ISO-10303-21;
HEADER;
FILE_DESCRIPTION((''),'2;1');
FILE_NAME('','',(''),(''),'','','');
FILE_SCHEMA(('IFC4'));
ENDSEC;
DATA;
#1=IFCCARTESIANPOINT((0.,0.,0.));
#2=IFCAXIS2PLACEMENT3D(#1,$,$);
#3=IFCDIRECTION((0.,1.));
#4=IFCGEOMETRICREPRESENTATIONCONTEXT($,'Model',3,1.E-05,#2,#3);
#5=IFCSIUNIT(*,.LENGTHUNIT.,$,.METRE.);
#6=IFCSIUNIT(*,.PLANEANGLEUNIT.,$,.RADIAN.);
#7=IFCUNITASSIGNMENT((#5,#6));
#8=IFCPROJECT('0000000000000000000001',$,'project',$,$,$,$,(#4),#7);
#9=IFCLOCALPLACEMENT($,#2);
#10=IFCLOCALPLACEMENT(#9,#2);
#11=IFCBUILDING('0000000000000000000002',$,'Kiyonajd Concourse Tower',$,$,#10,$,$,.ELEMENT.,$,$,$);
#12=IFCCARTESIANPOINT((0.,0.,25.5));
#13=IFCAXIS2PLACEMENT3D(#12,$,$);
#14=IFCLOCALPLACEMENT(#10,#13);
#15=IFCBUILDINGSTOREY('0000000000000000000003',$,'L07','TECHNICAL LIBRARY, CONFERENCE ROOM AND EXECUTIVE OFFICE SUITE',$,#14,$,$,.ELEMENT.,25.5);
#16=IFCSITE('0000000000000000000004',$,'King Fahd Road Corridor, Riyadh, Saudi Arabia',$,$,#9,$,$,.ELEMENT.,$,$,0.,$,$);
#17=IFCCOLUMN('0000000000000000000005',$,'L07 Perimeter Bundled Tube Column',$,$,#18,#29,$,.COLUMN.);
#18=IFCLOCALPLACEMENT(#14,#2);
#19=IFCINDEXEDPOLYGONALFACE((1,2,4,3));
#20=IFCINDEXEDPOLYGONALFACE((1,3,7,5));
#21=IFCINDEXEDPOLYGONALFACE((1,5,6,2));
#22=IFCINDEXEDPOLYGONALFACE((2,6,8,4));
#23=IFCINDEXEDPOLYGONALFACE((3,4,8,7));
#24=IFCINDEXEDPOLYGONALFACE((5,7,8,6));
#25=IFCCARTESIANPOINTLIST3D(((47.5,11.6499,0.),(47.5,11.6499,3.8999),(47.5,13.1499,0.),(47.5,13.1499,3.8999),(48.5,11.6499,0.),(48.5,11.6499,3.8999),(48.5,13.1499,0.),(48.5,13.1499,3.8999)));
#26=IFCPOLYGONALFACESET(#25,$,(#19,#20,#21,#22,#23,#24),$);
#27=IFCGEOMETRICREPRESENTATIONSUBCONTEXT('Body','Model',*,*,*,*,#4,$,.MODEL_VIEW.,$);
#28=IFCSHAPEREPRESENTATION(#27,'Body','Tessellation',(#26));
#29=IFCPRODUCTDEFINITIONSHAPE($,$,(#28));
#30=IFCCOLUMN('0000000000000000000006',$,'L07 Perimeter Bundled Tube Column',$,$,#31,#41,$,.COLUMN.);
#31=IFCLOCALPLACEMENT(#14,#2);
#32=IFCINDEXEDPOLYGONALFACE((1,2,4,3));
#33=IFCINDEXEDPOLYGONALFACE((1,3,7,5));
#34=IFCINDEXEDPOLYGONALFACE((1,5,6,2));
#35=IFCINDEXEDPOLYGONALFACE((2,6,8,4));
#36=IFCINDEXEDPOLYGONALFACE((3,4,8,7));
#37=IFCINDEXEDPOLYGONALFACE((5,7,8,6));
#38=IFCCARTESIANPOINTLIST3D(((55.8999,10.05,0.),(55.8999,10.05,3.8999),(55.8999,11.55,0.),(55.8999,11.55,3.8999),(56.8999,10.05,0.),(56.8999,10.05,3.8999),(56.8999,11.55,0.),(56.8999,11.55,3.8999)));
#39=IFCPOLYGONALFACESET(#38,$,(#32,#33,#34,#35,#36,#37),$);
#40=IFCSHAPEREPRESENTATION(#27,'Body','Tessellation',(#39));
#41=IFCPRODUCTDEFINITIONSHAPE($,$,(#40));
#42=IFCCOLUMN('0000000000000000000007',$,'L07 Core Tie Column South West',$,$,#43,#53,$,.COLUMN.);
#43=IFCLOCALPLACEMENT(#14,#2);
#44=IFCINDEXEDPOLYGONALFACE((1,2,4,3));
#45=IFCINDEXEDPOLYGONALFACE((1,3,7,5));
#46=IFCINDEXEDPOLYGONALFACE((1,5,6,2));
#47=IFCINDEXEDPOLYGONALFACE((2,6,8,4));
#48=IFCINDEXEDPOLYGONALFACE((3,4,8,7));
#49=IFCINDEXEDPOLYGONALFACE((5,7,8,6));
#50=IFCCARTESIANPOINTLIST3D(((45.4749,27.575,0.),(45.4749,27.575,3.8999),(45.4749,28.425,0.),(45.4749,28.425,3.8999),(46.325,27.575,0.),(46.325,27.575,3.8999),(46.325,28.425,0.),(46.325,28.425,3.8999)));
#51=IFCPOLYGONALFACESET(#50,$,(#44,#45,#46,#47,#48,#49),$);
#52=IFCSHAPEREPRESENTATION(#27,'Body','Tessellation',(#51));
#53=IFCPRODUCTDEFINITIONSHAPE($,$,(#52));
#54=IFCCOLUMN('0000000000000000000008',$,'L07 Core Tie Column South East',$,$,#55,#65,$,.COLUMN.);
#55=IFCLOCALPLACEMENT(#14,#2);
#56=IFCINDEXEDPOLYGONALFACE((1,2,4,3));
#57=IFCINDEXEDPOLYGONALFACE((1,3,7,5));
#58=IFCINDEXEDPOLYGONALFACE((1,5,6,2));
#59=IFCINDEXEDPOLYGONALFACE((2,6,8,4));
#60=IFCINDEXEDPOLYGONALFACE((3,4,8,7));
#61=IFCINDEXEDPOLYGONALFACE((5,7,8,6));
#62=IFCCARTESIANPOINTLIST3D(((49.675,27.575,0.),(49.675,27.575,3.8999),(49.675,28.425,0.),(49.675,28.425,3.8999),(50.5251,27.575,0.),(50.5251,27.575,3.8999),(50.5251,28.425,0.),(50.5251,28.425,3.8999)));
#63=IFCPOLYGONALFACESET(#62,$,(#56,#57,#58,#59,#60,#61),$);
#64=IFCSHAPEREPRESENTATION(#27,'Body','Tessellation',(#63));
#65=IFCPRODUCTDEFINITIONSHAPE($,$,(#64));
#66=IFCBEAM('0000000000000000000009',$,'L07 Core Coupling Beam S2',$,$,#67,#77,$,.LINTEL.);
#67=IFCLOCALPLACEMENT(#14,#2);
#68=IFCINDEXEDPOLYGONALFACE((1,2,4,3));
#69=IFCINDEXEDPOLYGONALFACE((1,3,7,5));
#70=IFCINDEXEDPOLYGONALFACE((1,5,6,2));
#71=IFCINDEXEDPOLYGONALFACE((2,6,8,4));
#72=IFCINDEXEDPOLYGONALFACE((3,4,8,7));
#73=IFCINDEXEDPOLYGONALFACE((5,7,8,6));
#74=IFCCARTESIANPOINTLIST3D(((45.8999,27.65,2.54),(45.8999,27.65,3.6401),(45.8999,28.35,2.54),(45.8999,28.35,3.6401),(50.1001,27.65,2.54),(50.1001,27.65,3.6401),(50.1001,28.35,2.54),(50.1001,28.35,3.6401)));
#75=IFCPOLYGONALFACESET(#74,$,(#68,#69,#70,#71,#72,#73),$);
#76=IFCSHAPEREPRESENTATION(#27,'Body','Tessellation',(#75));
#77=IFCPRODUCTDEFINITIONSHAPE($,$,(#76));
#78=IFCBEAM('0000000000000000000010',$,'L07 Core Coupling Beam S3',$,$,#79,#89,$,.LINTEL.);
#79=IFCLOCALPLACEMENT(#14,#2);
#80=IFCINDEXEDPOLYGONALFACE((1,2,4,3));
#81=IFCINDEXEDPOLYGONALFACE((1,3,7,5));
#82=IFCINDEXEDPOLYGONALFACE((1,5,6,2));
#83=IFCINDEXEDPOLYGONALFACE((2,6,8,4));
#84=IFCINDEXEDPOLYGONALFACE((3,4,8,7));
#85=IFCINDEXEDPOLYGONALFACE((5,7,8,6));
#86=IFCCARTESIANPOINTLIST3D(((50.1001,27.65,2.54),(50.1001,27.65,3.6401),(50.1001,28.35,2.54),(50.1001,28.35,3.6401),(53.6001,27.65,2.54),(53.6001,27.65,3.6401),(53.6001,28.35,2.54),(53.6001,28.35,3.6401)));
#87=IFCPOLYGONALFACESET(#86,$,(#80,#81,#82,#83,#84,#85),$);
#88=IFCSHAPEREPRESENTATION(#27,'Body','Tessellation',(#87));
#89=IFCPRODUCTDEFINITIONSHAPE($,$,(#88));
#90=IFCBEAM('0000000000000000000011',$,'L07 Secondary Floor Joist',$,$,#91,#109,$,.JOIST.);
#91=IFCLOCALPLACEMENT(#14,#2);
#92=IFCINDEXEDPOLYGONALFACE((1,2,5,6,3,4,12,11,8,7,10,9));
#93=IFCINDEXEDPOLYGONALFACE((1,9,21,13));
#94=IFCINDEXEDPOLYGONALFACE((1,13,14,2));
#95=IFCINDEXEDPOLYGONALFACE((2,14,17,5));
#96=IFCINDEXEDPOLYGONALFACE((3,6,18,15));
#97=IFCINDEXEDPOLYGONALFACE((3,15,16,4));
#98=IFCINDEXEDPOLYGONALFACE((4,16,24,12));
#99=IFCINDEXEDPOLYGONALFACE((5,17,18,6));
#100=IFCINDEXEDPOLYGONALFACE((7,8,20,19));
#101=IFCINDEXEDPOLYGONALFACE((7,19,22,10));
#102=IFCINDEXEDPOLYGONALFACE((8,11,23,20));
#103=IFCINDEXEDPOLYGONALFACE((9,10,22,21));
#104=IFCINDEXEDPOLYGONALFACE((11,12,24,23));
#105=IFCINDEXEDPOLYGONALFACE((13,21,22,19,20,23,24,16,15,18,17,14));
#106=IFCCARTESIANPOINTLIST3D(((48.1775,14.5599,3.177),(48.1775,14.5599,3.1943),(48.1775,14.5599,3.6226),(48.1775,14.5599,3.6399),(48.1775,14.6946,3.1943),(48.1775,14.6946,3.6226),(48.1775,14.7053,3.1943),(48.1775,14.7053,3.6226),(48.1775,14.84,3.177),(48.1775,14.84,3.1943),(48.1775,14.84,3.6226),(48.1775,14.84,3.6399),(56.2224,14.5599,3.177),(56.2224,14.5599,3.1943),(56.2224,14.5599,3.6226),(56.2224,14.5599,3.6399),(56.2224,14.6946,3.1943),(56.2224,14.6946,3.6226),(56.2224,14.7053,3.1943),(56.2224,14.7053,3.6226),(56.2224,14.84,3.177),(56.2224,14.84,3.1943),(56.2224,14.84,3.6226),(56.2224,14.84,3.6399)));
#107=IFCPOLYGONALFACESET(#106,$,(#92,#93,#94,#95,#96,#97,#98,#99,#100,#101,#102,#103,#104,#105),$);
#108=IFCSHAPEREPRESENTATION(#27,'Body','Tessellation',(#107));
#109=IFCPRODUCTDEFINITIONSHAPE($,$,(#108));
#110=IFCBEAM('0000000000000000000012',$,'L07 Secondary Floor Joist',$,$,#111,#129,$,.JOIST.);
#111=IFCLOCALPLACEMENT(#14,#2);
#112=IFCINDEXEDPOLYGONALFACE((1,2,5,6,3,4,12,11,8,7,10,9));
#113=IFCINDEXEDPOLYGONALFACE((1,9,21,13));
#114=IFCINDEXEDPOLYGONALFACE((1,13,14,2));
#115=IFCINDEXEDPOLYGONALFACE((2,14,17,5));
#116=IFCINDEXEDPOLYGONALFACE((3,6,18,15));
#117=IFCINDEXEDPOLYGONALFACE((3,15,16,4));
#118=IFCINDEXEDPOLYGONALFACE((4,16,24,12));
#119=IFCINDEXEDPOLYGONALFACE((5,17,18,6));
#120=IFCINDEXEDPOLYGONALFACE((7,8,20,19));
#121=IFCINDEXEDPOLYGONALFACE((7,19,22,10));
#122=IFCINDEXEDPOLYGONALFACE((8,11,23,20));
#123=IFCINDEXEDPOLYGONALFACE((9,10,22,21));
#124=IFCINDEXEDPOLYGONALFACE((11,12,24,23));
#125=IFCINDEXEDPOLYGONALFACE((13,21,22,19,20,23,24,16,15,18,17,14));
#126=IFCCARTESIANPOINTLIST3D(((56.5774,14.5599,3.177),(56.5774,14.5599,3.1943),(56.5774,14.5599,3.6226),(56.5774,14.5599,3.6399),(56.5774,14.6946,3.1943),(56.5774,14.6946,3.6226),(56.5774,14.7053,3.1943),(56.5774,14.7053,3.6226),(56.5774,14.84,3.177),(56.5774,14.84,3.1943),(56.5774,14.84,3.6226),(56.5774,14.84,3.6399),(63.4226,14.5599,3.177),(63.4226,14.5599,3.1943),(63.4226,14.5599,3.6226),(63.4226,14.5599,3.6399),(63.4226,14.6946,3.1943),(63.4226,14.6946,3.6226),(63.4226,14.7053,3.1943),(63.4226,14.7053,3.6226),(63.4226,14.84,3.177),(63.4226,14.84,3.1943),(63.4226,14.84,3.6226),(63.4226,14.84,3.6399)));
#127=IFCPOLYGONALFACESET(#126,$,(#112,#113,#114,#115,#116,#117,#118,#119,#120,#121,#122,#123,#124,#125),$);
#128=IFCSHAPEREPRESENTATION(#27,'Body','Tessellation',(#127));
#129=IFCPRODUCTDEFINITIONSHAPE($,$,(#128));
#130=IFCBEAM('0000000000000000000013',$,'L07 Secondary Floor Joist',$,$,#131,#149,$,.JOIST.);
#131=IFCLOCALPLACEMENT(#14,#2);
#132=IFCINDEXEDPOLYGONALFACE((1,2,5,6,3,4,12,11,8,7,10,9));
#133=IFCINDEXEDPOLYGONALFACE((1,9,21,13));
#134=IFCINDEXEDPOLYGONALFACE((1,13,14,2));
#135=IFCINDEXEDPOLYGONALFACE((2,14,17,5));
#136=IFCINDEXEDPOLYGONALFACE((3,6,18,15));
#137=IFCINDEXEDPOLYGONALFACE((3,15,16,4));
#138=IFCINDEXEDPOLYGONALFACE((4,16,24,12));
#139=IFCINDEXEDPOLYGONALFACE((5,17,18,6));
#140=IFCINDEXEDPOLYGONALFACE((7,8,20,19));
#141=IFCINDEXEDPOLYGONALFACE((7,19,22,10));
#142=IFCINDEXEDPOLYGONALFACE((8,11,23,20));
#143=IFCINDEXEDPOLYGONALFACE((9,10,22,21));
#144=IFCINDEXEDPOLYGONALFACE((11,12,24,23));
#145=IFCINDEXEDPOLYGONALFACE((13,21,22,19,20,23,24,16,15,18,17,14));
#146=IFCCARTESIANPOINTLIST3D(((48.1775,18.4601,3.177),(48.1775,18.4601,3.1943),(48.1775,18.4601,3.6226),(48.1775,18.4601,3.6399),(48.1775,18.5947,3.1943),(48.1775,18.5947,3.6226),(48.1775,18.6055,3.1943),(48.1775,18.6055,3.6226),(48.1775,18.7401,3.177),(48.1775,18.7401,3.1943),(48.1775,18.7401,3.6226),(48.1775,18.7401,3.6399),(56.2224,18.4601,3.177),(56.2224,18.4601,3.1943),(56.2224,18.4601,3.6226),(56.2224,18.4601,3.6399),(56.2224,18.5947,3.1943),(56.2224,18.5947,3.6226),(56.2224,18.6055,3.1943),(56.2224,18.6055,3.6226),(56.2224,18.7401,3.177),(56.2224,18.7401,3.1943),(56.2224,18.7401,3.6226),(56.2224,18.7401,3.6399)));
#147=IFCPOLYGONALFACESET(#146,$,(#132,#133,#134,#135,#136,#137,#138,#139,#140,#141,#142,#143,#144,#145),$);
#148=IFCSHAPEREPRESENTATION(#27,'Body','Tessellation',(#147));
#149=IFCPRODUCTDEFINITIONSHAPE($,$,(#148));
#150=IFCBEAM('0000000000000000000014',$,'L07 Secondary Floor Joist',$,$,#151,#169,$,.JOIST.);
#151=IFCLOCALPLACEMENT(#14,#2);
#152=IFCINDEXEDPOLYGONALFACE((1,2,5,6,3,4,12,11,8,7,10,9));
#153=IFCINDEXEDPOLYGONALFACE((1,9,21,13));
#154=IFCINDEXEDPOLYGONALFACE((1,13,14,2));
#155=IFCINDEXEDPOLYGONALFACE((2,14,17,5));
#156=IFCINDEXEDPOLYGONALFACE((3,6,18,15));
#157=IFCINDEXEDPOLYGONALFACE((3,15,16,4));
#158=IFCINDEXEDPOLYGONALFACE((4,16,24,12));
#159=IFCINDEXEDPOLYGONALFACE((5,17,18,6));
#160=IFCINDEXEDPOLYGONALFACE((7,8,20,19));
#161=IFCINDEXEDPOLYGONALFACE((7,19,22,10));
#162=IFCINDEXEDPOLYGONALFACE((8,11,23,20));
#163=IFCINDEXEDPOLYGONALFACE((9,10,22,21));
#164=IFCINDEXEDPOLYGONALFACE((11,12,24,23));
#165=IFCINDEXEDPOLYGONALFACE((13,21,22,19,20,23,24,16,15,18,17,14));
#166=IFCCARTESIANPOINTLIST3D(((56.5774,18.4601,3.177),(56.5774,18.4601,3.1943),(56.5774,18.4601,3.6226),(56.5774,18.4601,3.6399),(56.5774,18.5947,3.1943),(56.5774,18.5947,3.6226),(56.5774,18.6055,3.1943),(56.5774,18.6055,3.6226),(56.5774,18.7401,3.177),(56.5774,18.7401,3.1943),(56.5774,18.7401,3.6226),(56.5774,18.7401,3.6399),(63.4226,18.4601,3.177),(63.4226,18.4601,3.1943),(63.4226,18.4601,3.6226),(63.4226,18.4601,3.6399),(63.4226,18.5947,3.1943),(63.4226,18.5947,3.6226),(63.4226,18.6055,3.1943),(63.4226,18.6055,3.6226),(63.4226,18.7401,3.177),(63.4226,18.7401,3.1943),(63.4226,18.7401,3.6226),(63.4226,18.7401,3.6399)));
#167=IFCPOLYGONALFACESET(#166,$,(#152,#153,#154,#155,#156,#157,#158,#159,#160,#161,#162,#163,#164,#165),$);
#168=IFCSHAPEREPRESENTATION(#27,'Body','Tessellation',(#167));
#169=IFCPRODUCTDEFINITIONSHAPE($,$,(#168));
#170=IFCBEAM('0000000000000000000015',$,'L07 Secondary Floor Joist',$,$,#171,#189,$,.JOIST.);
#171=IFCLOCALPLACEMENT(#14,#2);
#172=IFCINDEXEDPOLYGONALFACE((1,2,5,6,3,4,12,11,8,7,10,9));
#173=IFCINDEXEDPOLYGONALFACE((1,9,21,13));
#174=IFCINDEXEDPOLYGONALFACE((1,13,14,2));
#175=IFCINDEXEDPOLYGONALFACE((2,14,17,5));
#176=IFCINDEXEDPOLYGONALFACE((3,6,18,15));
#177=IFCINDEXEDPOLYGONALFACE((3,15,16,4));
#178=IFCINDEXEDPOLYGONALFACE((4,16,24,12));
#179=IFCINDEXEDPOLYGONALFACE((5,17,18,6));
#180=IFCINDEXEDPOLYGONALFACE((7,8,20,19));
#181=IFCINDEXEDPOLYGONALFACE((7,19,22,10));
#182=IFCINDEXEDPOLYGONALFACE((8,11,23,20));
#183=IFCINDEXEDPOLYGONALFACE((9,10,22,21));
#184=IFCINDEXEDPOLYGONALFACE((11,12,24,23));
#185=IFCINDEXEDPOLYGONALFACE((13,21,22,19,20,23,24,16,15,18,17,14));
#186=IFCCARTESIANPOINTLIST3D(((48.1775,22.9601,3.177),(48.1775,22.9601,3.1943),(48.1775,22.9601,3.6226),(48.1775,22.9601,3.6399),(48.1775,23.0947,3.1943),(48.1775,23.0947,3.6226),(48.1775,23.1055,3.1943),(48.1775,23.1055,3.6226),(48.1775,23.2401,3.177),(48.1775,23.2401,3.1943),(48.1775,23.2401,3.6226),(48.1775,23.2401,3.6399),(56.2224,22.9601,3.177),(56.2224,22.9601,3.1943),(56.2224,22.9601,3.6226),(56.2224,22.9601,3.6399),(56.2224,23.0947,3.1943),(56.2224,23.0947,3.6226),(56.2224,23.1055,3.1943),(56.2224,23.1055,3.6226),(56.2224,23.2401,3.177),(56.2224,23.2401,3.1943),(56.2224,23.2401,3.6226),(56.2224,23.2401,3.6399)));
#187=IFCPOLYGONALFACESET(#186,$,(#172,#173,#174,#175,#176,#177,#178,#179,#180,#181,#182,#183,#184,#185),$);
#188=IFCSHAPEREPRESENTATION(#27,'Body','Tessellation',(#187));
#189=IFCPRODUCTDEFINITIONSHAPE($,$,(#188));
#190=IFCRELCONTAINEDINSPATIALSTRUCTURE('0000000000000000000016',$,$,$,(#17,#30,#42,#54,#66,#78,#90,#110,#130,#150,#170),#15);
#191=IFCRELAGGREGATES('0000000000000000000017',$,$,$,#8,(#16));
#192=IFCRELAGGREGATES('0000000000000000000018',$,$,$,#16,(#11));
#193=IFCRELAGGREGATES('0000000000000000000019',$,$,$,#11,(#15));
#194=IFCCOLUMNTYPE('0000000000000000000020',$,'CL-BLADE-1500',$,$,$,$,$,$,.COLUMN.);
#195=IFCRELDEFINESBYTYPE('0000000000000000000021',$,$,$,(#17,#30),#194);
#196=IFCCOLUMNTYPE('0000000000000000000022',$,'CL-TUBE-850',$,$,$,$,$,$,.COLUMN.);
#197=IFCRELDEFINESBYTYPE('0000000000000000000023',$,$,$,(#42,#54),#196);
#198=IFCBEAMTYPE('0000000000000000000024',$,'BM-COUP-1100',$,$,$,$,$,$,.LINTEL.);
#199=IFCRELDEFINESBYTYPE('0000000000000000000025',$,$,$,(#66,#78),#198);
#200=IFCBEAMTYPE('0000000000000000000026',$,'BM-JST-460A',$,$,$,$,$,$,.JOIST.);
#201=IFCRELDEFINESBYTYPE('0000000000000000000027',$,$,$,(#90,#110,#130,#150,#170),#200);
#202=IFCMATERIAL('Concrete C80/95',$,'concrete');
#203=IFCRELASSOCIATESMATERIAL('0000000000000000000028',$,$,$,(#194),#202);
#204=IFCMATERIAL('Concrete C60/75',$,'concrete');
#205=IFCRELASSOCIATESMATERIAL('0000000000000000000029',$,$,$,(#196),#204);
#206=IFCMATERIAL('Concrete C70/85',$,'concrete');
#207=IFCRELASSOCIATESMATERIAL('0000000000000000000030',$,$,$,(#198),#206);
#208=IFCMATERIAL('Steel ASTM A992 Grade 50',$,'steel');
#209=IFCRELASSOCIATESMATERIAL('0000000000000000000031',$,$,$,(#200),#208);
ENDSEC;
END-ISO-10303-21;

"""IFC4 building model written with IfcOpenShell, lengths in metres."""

from ifc_helpers import new_model, si_unit, direction, frame, origin, origin_2d, place, context, subcontext, project, spatial, rectangle, i_section, extrude, material, material_profile, profile_set, type_object, element, save


model = new_model("IFC4")

# Units and contexts
model_context = context("Model", 3, precision=1e-05, world=origin(), true_north=direction((0.0, 1.0)))
body_context = subcontext(model_context, "Body", "Model", "MODEL_VIEW")
ifc_project = project(units=[si_unit("LENGTHUNIT", "METRE"), si_unit("PLANEANGLEUNIT", "RADIAN")], contexts=[model_context])

# Site, building, storey
site_placement = place(None, origin())
site = spatial("IfcSite", under=ifc_project, at=site_placement, Name="King Fahd Road Corridor, Riyadh, Saudi Arabia", CompositionType="ELEMENT", RefElevation=0.0)
building_placement = place(site_placement, origin())
building = spatial("IfcBuilding", under=site, at=building_placement, Name="Kiyonajd Concourse Tower", CompositionType="ELEMENT")
storey_placement = place(building_placement, frame((0.0, 0.0, 25.5)))
storey = spatial("IfcBuildingStorey", under=building, at=storey_placement, Name="L07", Description="TECHNICAL LIBRARY, CONFERENCE ROOM AND EXECUTIVE OFFICE SUITE", CompositionType="ELEMENT", Elevation=25.5)

# Columns
ifc_material_1 = material(Name="Concrete C80/95", Category="concrete")
ifc_material_profile_1 = material_profile(ifc_material_1, rectangle(XDim=1.0, YDim=1.5, at=origin_2d()), Name="RC-1500x1000")
ifc_profile_set_1 = profile_set([ifc_material_profile_1], Name="Concrete C80/95")
column_type_1 = type_object("IfcColumnType", Name="CL-BLADE-1500", PredefinedType="COLUMN", material=ifc_profile_set_1)
for number, where, z_axis, x_axis, name in (
    (1, (48.0, 12.3999, 0.0), (0.0, 0.0, 1.0), (1.0, 0.0, 0.0), "L07 Perimeter Bundled Tube Column"),
    (2, (56.3999, 10.8, 0.0), (0.0, 0.0, 1.0), (1.0, 0.0, 0.0), "L07 Perimeter Bundled Tube Column"),
):
    element("IfcColumn", number, at=place(storey_placement, frame(where, z_axis=z_axis, x_axis=x_axis)), inside=storey, type_object=column_type_1, Name=name, PredefinedType="COLUMN", context=body_context, shape_type="SweptSolid", body=[
        extrude(rectangle(XDim=1.0, YDim=1.5, at=origin_2d()), origin(), (0.0, 0.0, 1.0), 3.8999),
    ])
ifc_material_2 = material(Name="Concrete C60/75", Category="concrete")
ifc_material_profile_2 = material_profile(ifc_material_2, rectangle(XDim=0.8501, YDim=0.8501, at=origin_2d()), Name="RC-850x850")
ifc_profile_set_2 = profile_set([ifc_material_profile_2], Name="Concrete C60/75")
column_type_2 = type_object("IfcColumnType", Name="CL-TUBE-850", PredefinedType="COLUMN", material=ifc_profile_set_2)
for number, where, z_axis, x_axis, name in (
    (3, (45.8999, 28.0, 0.0), (0.0, 0.0, 1.0), (1.0, 0.0, 0.0), "L07 Core Tie Column South West"),
    (4, (50.1001, 28.0, 0.0), (0.0, 0.0, 1.0), (1.0, 0.0, 0.0), "L07 Core Tie Column South East"),
):
    element("IfcColumn", number, at=place(storey_placement, frame(where, z_axis=z_axis, x_axis=x_axis)), inside=storey, type_object=column_type_2, Name=name, PredefinedType="COLUMN", context=body_context, shape_type="SweptSolid", body=[
        extrude(rectangle(XDim=0.8501, YDim=0.8501, at=origin_2d()), origin(), (0.0, 0.0, 1.0), 3.8999),
    ])

# Beams
ifc_material_3 = material(Name="Concrete C70/85", Category="concrete")
ifc_material_profile_3 = material_profile(ifc_material_3, rectangle(XDim=0.7, YDim=1.1001, at=origin_2d()), Name="RCBM-700x1100")
ifc_profile_set_3 = profile_set([ifc_material_profile_3], Name="Concrete C70/85")
beam_type_1 = type_object("IfcBeamType", Name="BM-COUP-1100", PredefinedType="LINTEL", material=ifc_profile_set_3)
beam_1_placement = place(storey_placement, frame((45.8999, 28.0, 3.0901), z_axis=(1.0, 0.0, 0.0), x_axis=(0.0, 1.0, 0.0)))
element("IfcBeam", 5, at=beam_1_placement, inside=storey, type_object=beam_type_1, Name="L07 Core Coupling Beam S2", PredefinedType="LINTEL", context=body_context, shape_type="SweptSolid", body=[
    extrude(rectangle(XDim=0.7, YDim=1.1001, at=origin_2d()), origin(), (0.0, 0.0, 1.0), 4.2002),
])
beam_2_placement = place(storey_placement, frame((50.1001, 28.0, 3.0901), z_axis=(1.0, 0.0, 0.0), x_axis=(0.0, 1.0, 0.0)))
element("IfcBeam", 6, at=beam_2_placement, inside=storey, type_object=beam_type_1, Name="L07 Core Coupling Beam S3", PredefinedType="LINTEL", context=body_context, shape_type="SweptSolid", body=[
    extrude(rectangle(XDim=0.7, YDim=1.1001, at=origin_2d()), origin(), (0.0, 0.0, 1.0), 3.5),
])
ifc_material_4 = material(Name="Steel ASTM A992 Grade 50", Category="steel")
ifc_material_profile_4 = material_profile(ifc_material_4, i_section(OverallWidth=0.28, OverallDepth=0.4629, WebThickness=0.0107, FlangeThickness=0.0173, at=origin_2d()), Name="W460X113")
ifc_profile_set_4 = profile_set([ifc_material_profile_4], Name="Steel ASTM A992 Grade 50")
beam_type_2 = type_object("IfcBeamType", Name="BM-JST-460A", PredefinedType="JOIST", material=ifc_profile_set_4)
beam_3_placement = place(storey_placement, frame((48.1775, 14.7, 3.4084), z_axis=(1.0, 0.0, 0.0), x_axis=(0.0, 1.0, 0.0)))
element("IfcBeam", 7, at=beam_3_placement, inside=storey, type_object=beam_type_2, Name="L07 Secondary Floor Joist", PredefinedType="JOIST", context=body_context, shape_type="SweptSolid", body=[
    extrude(i_section(OverallWidth=0.28, OverallDepth=0.4629, WebThickness=0.0107, FlangeThickness=0.0173, at=origin_2d()), origin(), (0.0, 0.0, 1.0), 8.0449),
])
beam_4_placement = place(storey_placement, frame((56.5774, 14.7, 3.4084), z_axis=(1.0, 0.0, 0.0), x_axis=(0.0, 1.0, 0.0)))
element("IfcBeam", 8, at=beam_4_placement, inside=storey, type_object=beam_type_2, Name="L07 Secondary Floor Joist", PredefinedType="JOIST", context=body_context, shape_type="SweptSolid", body=[
    extrude(i_section(OverallWidth=0.28, OverallDepth=0.4629, WebThickness=0.0107, FlangeThickness=0.0173, at=origin_2d()), origin(), (0.0, 0.0, 1.0), 6.8452),
])
beam_5_placement = place(storey_placement, frame((48.1775, 18.6001, 3.4084), z_axis=(1.0, 0.0, 0.0), x_axis=(0.0, 1.0, 0.0)))
element("IfcBeam", 9, at=beam_5_placement, inside=storey, type_object=beam_type_2, Name="L07 Secondary Floor Joist", PredefinedType="JOIST", context=body_context, shape_type="SweptSolid", body=[
    extrude(i_section(OverallWidth=0.28, OverallDepth=0.4629, WebThickness=0.0107, FlangeThickness=0.0173, at=origin_2d()), origin(), (0.0, 0.0, 1.0), 8.0449),
])
beam_6_placement = place(storey_placement, frame((56.5774, 18.6001, 3.4084), z_axis=(1.0, 0.0, 0.0), x_axis=(0.0, 1.0, 0.0)))
element("IfcBeam", 10, at=beam_6_placement, inside=storey, type_object=beam_type_2, Name="L07 Secondary Floor Joist", PredefinedType="JOIST", context=body_context, shape_type="SweptSolid", body=[
    extrude(i_section(OverallWidth=0.28, OverallDepth=0.4629, WebThickness=0.0107, FlangeThickness=0.0173, at=origin_2d()), origin(), (0.0, 0.0, 1.0), 6.8452),
])
beam_7_placement = place(storey_placement, frame((48.1775, 23.1001, 3.4084), z_axis=(1.0, 0.0, 0.0), x_axis=(0.0, 1.0, 0.0)))
element("IfcBeam", 11, at=beam_7_placement, inside=storey, type_object=beam_type_2, Name="L07 Secondary Floor Joist", PredefinedType="JOIST", context=body_context, shape_type="SweptSolid", body=[
    extrude(i_section(OverallWidth=0.28, OverallDepth=0.4629, WebThickness=0.0107, FlangeThickness=0.0173, at=origin_2d()), origin(), (0.0, 0.0, 1.0), 8.0449),
])

save(model, "model.ifc")
